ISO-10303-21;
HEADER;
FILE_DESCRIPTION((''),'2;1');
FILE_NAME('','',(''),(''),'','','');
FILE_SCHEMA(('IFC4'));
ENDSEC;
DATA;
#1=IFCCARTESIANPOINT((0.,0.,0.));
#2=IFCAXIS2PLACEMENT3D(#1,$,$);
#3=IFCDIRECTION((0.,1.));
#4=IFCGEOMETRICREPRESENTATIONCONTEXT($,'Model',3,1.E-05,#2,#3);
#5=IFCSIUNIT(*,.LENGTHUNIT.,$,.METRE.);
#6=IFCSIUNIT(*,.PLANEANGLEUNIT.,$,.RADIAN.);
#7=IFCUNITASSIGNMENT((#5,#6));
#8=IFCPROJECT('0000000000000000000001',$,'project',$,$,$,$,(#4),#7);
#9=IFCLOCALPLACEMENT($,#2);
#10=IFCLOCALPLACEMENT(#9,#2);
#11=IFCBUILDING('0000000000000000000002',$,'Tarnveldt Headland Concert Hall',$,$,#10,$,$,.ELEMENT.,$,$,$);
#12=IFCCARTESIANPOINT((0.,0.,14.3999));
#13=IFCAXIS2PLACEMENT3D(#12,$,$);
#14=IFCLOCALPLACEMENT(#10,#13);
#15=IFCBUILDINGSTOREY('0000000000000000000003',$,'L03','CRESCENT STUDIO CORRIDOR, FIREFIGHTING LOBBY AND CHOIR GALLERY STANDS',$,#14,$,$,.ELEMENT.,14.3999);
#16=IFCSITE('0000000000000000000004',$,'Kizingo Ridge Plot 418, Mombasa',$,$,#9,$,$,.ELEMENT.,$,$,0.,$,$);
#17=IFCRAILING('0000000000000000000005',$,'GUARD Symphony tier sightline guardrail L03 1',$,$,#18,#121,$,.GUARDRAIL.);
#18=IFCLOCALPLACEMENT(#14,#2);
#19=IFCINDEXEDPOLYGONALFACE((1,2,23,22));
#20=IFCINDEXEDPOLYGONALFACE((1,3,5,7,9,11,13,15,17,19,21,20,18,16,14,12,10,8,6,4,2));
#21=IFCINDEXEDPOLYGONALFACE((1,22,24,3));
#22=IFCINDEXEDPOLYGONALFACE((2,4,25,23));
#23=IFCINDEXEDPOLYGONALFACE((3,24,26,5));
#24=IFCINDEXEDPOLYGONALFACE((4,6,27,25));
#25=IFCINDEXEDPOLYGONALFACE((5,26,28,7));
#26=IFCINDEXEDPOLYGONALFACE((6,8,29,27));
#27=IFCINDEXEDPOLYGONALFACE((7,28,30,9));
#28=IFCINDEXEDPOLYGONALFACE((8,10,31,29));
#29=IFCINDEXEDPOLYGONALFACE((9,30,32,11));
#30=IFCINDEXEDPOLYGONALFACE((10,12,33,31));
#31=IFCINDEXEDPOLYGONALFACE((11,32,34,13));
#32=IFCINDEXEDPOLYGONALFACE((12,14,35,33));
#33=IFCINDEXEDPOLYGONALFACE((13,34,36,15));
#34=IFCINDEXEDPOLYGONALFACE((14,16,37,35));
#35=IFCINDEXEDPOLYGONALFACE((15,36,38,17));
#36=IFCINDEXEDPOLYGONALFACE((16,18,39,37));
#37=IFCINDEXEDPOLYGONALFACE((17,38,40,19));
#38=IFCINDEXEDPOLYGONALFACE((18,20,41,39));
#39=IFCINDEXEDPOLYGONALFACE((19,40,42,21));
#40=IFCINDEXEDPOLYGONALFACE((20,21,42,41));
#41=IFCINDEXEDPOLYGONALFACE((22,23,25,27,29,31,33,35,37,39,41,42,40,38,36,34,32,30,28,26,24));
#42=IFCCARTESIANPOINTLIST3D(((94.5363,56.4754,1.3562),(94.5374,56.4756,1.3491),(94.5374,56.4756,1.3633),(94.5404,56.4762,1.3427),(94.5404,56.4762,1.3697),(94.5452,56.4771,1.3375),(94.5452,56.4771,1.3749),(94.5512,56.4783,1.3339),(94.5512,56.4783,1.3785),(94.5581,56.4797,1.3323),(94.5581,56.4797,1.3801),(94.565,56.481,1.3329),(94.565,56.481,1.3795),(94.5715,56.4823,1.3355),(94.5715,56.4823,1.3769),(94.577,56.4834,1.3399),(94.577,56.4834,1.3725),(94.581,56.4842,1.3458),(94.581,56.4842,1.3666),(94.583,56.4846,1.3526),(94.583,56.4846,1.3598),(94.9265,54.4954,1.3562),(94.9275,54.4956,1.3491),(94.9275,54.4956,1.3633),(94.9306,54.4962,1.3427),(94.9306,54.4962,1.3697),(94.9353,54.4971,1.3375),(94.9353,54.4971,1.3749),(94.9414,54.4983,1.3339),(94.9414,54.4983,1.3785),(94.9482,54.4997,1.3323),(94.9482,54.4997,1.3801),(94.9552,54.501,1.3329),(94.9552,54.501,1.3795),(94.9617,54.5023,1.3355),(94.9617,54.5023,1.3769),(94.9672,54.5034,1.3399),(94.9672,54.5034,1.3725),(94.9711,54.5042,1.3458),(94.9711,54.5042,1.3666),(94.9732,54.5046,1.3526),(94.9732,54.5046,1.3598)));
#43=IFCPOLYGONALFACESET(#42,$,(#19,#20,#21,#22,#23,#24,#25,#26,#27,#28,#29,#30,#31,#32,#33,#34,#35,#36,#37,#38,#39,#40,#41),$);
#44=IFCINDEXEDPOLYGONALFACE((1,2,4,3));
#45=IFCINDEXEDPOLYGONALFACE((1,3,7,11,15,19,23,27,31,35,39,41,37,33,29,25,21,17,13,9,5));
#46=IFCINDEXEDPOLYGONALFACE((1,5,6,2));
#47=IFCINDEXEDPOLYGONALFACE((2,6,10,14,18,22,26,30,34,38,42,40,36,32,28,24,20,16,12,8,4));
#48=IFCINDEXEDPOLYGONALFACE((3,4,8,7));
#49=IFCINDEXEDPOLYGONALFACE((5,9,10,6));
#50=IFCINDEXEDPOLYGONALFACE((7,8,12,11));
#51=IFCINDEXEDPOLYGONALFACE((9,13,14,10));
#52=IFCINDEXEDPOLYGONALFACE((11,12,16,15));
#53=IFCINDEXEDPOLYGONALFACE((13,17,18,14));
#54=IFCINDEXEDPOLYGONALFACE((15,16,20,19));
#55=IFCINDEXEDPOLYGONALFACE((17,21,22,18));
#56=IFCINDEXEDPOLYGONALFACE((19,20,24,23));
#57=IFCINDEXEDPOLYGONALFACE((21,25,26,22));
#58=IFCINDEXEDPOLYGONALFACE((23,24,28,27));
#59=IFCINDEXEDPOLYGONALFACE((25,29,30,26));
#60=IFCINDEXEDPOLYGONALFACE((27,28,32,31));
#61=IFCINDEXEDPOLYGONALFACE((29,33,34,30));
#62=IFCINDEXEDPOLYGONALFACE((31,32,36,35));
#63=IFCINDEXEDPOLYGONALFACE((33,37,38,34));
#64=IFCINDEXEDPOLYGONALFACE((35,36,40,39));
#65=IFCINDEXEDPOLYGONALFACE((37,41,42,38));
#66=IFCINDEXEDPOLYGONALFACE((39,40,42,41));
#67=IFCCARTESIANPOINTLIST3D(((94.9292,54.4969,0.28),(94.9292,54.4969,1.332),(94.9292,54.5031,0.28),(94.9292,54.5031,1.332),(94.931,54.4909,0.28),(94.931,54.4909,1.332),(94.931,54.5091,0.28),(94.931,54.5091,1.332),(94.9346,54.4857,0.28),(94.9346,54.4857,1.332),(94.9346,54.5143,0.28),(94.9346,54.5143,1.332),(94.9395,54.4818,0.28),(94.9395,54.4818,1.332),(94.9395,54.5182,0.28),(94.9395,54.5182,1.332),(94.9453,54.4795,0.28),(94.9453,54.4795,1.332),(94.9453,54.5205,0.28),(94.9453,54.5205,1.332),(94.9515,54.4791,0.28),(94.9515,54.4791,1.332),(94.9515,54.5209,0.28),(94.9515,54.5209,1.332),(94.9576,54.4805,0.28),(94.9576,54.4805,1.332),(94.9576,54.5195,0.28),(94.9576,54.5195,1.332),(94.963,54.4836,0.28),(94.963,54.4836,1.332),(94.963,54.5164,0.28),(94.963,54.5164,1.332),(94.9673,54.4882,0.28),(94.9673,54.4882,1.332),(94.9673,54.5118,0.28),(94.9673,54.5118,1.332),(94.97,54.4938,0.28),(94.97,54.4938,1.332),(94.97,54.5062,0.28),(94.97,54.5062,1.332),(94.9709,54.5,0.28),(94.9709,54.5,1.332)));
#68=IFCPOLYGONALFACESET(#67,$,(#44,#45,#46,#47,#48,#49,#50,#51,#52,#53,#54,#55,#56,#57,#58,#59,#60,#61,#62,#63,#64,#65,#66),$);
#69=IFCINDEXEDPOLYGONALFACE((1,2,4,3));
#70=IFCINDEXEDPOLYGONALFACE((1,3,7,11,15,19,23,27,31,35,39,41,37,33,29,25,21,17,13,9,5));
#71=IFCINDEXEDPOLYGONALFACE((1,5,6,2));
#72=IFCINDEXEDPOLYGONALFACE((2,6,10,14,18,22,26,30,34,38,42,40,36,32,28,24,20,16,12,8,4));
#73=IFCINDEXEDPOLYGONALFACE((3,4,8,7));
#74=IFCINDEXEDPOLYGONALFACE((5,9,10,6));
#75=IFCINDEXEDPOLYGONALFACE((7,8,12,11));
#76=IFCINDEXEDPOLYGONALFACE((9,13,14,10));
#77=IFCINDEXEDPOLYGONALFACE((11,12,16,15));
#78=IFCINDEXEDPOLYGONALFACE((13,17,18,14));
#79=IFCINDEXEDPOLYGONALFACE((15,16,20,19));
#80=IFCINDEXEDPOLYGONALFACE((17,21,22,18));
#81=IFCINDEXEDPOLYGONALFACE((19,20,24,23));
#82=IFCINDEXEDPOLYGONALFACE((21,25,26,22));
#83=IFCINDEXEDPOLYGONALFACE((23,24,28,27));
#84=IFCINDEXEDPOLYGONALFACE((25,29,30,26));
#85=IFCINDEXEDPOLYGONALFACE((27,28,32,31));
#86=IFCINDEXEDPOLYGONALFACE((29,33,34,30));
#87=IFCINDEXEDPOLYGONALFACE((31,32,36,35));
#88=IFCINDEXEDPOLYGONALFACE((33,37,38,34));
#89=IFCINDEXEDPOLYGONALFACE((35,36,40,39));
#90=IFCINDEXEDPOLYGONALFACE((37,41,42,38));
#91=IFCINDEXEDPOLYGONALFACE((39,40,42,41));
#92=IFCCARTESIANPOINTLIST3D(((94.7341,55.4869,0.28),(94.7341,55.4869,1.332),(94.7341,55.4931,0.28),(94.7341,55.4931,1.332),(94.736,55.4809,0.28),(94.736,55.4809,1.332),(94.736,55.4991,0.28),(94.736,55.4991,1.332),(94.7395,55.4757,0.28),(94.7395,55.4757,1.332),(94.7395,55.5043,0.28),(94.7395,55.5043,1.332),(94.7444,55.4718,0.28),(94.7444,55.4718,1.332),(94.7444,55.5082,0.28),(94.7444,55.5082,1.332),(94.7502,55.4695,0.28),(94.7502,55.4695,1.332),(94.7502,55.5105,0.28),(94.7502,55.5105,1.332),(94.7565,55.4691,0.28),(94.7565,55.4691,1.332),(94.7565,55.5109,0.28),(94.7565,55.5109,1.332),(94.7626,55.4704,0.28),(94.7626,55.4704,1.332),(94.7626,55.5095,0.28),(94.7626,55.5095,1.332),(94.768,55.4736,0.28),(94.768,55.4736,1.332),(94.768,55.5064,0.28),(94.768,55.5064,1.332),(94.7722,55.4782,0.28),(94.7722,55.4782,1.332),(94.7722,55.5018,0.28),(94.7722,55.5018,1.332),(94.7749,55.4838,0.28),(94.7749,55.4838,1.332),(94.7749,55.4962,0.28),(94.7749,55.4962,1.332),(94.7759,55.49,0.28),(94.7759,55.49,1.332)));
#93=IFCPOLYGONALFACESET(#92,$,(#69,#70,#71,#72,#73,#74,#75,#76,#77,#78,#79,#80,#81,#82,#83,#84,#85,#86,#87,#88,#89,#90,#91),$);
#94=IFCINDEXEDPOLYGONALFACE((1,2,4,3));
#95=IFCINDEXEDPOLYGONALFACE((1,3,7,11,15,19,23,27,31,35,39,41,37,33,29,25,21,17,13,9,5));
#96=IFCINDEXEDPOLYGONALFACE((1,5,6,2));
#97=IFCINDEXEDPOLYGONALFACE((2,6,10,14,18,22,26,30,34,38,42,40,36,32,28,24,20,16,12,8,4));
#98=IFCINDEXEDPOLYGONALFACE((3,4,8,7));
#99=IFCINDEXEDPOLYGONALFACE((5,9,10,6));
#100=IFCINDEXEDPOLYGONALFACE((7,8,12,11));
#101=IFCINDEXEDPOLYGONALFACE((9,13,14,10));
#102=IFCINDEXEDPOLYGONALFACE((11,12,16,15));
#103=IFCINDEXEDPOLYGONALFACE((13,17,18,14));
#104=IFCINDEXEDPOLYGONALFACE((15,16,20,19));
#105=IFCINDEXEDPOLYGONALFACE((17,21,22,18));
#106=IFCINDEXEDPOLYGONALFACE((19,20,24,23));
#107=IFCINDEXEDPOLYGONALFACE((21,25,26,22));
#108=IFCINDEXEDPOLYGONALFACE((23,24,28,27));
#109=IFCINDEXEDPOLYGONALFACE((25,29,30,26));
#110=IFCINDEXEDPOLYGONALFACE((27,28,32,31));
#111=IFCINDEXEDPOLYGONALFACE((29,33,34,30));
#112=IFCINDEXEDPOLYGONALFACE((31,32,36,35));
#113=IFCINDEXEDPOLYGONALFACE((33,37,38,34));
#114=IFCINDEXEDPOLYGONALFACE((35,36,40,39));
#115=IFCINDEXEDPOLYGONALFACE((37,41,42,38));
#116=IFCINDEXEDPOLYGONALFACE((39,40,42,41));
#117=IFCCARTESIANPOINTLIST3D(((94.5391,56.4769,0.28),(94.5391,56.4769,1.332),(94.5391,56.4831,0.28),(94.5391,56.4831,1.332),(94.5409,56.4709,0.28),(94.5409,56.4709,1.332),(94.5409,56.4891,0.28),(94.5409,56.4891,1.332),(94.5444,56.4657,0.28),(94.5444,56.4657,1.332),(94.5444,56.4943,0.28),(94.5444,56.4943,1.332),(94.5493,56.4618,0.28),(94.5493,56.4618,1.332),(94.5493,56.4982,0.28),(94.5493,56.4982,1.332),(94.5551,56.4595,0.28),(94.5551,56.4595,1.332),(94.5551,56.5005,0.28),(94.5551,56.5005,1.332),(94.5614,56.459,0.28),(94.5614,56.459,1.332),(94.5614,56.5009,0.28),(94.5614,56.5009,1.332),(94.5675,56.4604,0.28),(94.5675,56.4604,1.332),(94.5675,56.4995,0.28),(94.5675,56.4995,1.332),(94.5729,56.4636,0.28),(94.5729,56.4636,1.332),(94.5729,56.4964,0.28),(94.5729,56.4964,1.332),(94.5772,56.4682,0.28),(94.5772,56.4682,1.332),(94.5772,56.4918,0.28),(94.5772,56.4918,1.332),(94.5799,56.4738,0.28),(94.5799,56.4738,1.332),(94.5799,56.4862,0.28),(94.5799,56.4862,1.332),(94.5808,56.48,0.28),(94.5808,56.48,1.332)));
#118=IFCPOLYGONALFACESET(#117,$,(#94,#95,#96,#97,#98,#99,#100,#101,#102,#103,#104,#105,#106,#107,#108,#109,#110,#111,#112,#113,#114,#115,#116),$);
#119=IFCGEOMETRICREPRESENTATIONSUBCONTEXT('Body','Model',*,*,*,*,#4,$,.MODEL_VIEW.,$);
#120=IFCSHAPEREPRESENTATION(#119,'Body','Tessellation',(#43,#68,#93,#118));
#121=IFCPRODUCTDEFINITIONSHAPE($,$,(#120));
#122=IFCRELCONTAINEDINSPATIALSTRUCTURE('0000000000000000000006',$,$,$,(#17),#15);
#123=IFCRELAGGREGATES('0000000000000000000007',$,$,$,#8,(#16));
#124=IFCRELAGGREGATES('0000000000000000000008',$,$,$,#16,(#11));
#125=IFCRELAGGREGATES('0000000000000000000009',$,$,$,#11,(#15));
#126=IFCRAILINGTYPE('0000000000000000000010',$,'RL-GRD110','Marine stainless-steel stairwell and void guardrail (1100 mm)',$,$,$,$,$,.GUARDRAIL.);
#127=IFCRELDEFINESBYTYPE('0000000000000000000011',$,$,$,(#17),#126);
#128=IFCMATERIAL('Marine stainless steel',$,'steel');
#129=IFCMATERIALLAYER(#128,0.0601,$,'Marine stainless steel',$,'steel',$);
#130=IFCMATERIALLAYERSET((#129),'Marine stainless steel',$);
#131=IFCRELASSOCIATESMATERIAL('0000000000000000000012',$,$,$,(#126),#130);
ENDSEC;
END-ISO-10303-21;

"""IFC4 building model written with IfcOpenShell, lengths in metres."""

from ifc_helpers import new_model, si_unit, direction, frame, origin, origin_2d, place, context, subcontext, project, spatial, circle, extrude, material, layer, layer_set, type_object, element, save


model = new_model("IFC4")

# Units and contexts
model_context = context("Model", 3, precision=1e-05, world=origin(), true_north=direction((0.0, 1.0)))
body_context = subcontext(model_context, "Body", "Model", "MODEL_VIEW")
ifc_project = project(units=[si_unit("LENGTHUNIT", "METRE"), si_unit("PLANEANGLEUNIT", "RADIAN")], contexts=[model_context])

# Site, building, storey
site_placement = place(None, origin())
site = spatial("IfcSite", under=ifc_project, at=site_placement, Name="Kizingo Ridge Plot 418, Mombasa", CompositionType="ELEMENT", RefElevation=0.0)
building_placement = place(site_placement, origin())
building = spatial("IfcBuilding", under=site, at=building_placement, Name="Tarnveldt Headland Concert Hall", CompositionType="ELEMENT")
storey_placement = place(building_placement, frame((0.0, 0.0, 14.3999)))
storey = spatial("IfcBuildingStorey", under=building, at=storey_placement, Name="L03", Description="CRESCENT STUDIO CORRIDOR, FIREFIGHTING LOBBY AND CHOIR GALLERY STANDS", CompositionType="ELEMENT", Elevation=14.3999)

# Railing
ifc_material_1 = material(Name="Marine stainless steel", Category="steel")
ifc_layer_1 = layer(ifc_material_1, 0.0601, Name="Marine stainless steel", Category="steel")
ifc_layer_set_1 = layer_set([ifc_layer_1], Name="Marine stainless steel")
railing_type = type_object("IfcRailingType", Name="RL-GRD110", Description="Marine stainless-steel stairwell and void guardrail (1100 mm)", PredefinedType="GUARDRAIL", material=ifc_layer_set_1)
railing_1_placement = place(storey_placement, frame((94.95, 54.5, 0.28)))
element("IfcRailing", 1, at=railing_1_placement, inside=storey, type_object=railing_type, Name="GUARD Symphony tier sightline guardrail L03 1", PredefinedType="GUARDRAIL", context=body_context, shape_type="SweptSolid", body=[
    extrude(circle(Radius=0.0239, at=origin_2d()), frame((0.0, 0.0, 1.0762), z_axis=(-0.193324, 0.981135, 0.0), x_axis=(-0.981135, -0.193324, 0.0)), (0.0, 0.0, 1.0), 2.0181),
    extrude(circle(Radius=0.021, at=origin_2d()), origin(), (0.0, 0.0, 1.0), 1.052),
    extrude(circle(Radius=0.021, at=origin_2d()), frame((-0.1951, 0.99, 0.0)), (0.0, 0.0, 1.0), 1.052),
    extrude(circle(Radius=0.021, at=origin_2d()), frame((-0.3901, 1.98, 0.0)), (0.0, 0.0, 1.0), 1.052),
])

save(model, "model.ifc")
